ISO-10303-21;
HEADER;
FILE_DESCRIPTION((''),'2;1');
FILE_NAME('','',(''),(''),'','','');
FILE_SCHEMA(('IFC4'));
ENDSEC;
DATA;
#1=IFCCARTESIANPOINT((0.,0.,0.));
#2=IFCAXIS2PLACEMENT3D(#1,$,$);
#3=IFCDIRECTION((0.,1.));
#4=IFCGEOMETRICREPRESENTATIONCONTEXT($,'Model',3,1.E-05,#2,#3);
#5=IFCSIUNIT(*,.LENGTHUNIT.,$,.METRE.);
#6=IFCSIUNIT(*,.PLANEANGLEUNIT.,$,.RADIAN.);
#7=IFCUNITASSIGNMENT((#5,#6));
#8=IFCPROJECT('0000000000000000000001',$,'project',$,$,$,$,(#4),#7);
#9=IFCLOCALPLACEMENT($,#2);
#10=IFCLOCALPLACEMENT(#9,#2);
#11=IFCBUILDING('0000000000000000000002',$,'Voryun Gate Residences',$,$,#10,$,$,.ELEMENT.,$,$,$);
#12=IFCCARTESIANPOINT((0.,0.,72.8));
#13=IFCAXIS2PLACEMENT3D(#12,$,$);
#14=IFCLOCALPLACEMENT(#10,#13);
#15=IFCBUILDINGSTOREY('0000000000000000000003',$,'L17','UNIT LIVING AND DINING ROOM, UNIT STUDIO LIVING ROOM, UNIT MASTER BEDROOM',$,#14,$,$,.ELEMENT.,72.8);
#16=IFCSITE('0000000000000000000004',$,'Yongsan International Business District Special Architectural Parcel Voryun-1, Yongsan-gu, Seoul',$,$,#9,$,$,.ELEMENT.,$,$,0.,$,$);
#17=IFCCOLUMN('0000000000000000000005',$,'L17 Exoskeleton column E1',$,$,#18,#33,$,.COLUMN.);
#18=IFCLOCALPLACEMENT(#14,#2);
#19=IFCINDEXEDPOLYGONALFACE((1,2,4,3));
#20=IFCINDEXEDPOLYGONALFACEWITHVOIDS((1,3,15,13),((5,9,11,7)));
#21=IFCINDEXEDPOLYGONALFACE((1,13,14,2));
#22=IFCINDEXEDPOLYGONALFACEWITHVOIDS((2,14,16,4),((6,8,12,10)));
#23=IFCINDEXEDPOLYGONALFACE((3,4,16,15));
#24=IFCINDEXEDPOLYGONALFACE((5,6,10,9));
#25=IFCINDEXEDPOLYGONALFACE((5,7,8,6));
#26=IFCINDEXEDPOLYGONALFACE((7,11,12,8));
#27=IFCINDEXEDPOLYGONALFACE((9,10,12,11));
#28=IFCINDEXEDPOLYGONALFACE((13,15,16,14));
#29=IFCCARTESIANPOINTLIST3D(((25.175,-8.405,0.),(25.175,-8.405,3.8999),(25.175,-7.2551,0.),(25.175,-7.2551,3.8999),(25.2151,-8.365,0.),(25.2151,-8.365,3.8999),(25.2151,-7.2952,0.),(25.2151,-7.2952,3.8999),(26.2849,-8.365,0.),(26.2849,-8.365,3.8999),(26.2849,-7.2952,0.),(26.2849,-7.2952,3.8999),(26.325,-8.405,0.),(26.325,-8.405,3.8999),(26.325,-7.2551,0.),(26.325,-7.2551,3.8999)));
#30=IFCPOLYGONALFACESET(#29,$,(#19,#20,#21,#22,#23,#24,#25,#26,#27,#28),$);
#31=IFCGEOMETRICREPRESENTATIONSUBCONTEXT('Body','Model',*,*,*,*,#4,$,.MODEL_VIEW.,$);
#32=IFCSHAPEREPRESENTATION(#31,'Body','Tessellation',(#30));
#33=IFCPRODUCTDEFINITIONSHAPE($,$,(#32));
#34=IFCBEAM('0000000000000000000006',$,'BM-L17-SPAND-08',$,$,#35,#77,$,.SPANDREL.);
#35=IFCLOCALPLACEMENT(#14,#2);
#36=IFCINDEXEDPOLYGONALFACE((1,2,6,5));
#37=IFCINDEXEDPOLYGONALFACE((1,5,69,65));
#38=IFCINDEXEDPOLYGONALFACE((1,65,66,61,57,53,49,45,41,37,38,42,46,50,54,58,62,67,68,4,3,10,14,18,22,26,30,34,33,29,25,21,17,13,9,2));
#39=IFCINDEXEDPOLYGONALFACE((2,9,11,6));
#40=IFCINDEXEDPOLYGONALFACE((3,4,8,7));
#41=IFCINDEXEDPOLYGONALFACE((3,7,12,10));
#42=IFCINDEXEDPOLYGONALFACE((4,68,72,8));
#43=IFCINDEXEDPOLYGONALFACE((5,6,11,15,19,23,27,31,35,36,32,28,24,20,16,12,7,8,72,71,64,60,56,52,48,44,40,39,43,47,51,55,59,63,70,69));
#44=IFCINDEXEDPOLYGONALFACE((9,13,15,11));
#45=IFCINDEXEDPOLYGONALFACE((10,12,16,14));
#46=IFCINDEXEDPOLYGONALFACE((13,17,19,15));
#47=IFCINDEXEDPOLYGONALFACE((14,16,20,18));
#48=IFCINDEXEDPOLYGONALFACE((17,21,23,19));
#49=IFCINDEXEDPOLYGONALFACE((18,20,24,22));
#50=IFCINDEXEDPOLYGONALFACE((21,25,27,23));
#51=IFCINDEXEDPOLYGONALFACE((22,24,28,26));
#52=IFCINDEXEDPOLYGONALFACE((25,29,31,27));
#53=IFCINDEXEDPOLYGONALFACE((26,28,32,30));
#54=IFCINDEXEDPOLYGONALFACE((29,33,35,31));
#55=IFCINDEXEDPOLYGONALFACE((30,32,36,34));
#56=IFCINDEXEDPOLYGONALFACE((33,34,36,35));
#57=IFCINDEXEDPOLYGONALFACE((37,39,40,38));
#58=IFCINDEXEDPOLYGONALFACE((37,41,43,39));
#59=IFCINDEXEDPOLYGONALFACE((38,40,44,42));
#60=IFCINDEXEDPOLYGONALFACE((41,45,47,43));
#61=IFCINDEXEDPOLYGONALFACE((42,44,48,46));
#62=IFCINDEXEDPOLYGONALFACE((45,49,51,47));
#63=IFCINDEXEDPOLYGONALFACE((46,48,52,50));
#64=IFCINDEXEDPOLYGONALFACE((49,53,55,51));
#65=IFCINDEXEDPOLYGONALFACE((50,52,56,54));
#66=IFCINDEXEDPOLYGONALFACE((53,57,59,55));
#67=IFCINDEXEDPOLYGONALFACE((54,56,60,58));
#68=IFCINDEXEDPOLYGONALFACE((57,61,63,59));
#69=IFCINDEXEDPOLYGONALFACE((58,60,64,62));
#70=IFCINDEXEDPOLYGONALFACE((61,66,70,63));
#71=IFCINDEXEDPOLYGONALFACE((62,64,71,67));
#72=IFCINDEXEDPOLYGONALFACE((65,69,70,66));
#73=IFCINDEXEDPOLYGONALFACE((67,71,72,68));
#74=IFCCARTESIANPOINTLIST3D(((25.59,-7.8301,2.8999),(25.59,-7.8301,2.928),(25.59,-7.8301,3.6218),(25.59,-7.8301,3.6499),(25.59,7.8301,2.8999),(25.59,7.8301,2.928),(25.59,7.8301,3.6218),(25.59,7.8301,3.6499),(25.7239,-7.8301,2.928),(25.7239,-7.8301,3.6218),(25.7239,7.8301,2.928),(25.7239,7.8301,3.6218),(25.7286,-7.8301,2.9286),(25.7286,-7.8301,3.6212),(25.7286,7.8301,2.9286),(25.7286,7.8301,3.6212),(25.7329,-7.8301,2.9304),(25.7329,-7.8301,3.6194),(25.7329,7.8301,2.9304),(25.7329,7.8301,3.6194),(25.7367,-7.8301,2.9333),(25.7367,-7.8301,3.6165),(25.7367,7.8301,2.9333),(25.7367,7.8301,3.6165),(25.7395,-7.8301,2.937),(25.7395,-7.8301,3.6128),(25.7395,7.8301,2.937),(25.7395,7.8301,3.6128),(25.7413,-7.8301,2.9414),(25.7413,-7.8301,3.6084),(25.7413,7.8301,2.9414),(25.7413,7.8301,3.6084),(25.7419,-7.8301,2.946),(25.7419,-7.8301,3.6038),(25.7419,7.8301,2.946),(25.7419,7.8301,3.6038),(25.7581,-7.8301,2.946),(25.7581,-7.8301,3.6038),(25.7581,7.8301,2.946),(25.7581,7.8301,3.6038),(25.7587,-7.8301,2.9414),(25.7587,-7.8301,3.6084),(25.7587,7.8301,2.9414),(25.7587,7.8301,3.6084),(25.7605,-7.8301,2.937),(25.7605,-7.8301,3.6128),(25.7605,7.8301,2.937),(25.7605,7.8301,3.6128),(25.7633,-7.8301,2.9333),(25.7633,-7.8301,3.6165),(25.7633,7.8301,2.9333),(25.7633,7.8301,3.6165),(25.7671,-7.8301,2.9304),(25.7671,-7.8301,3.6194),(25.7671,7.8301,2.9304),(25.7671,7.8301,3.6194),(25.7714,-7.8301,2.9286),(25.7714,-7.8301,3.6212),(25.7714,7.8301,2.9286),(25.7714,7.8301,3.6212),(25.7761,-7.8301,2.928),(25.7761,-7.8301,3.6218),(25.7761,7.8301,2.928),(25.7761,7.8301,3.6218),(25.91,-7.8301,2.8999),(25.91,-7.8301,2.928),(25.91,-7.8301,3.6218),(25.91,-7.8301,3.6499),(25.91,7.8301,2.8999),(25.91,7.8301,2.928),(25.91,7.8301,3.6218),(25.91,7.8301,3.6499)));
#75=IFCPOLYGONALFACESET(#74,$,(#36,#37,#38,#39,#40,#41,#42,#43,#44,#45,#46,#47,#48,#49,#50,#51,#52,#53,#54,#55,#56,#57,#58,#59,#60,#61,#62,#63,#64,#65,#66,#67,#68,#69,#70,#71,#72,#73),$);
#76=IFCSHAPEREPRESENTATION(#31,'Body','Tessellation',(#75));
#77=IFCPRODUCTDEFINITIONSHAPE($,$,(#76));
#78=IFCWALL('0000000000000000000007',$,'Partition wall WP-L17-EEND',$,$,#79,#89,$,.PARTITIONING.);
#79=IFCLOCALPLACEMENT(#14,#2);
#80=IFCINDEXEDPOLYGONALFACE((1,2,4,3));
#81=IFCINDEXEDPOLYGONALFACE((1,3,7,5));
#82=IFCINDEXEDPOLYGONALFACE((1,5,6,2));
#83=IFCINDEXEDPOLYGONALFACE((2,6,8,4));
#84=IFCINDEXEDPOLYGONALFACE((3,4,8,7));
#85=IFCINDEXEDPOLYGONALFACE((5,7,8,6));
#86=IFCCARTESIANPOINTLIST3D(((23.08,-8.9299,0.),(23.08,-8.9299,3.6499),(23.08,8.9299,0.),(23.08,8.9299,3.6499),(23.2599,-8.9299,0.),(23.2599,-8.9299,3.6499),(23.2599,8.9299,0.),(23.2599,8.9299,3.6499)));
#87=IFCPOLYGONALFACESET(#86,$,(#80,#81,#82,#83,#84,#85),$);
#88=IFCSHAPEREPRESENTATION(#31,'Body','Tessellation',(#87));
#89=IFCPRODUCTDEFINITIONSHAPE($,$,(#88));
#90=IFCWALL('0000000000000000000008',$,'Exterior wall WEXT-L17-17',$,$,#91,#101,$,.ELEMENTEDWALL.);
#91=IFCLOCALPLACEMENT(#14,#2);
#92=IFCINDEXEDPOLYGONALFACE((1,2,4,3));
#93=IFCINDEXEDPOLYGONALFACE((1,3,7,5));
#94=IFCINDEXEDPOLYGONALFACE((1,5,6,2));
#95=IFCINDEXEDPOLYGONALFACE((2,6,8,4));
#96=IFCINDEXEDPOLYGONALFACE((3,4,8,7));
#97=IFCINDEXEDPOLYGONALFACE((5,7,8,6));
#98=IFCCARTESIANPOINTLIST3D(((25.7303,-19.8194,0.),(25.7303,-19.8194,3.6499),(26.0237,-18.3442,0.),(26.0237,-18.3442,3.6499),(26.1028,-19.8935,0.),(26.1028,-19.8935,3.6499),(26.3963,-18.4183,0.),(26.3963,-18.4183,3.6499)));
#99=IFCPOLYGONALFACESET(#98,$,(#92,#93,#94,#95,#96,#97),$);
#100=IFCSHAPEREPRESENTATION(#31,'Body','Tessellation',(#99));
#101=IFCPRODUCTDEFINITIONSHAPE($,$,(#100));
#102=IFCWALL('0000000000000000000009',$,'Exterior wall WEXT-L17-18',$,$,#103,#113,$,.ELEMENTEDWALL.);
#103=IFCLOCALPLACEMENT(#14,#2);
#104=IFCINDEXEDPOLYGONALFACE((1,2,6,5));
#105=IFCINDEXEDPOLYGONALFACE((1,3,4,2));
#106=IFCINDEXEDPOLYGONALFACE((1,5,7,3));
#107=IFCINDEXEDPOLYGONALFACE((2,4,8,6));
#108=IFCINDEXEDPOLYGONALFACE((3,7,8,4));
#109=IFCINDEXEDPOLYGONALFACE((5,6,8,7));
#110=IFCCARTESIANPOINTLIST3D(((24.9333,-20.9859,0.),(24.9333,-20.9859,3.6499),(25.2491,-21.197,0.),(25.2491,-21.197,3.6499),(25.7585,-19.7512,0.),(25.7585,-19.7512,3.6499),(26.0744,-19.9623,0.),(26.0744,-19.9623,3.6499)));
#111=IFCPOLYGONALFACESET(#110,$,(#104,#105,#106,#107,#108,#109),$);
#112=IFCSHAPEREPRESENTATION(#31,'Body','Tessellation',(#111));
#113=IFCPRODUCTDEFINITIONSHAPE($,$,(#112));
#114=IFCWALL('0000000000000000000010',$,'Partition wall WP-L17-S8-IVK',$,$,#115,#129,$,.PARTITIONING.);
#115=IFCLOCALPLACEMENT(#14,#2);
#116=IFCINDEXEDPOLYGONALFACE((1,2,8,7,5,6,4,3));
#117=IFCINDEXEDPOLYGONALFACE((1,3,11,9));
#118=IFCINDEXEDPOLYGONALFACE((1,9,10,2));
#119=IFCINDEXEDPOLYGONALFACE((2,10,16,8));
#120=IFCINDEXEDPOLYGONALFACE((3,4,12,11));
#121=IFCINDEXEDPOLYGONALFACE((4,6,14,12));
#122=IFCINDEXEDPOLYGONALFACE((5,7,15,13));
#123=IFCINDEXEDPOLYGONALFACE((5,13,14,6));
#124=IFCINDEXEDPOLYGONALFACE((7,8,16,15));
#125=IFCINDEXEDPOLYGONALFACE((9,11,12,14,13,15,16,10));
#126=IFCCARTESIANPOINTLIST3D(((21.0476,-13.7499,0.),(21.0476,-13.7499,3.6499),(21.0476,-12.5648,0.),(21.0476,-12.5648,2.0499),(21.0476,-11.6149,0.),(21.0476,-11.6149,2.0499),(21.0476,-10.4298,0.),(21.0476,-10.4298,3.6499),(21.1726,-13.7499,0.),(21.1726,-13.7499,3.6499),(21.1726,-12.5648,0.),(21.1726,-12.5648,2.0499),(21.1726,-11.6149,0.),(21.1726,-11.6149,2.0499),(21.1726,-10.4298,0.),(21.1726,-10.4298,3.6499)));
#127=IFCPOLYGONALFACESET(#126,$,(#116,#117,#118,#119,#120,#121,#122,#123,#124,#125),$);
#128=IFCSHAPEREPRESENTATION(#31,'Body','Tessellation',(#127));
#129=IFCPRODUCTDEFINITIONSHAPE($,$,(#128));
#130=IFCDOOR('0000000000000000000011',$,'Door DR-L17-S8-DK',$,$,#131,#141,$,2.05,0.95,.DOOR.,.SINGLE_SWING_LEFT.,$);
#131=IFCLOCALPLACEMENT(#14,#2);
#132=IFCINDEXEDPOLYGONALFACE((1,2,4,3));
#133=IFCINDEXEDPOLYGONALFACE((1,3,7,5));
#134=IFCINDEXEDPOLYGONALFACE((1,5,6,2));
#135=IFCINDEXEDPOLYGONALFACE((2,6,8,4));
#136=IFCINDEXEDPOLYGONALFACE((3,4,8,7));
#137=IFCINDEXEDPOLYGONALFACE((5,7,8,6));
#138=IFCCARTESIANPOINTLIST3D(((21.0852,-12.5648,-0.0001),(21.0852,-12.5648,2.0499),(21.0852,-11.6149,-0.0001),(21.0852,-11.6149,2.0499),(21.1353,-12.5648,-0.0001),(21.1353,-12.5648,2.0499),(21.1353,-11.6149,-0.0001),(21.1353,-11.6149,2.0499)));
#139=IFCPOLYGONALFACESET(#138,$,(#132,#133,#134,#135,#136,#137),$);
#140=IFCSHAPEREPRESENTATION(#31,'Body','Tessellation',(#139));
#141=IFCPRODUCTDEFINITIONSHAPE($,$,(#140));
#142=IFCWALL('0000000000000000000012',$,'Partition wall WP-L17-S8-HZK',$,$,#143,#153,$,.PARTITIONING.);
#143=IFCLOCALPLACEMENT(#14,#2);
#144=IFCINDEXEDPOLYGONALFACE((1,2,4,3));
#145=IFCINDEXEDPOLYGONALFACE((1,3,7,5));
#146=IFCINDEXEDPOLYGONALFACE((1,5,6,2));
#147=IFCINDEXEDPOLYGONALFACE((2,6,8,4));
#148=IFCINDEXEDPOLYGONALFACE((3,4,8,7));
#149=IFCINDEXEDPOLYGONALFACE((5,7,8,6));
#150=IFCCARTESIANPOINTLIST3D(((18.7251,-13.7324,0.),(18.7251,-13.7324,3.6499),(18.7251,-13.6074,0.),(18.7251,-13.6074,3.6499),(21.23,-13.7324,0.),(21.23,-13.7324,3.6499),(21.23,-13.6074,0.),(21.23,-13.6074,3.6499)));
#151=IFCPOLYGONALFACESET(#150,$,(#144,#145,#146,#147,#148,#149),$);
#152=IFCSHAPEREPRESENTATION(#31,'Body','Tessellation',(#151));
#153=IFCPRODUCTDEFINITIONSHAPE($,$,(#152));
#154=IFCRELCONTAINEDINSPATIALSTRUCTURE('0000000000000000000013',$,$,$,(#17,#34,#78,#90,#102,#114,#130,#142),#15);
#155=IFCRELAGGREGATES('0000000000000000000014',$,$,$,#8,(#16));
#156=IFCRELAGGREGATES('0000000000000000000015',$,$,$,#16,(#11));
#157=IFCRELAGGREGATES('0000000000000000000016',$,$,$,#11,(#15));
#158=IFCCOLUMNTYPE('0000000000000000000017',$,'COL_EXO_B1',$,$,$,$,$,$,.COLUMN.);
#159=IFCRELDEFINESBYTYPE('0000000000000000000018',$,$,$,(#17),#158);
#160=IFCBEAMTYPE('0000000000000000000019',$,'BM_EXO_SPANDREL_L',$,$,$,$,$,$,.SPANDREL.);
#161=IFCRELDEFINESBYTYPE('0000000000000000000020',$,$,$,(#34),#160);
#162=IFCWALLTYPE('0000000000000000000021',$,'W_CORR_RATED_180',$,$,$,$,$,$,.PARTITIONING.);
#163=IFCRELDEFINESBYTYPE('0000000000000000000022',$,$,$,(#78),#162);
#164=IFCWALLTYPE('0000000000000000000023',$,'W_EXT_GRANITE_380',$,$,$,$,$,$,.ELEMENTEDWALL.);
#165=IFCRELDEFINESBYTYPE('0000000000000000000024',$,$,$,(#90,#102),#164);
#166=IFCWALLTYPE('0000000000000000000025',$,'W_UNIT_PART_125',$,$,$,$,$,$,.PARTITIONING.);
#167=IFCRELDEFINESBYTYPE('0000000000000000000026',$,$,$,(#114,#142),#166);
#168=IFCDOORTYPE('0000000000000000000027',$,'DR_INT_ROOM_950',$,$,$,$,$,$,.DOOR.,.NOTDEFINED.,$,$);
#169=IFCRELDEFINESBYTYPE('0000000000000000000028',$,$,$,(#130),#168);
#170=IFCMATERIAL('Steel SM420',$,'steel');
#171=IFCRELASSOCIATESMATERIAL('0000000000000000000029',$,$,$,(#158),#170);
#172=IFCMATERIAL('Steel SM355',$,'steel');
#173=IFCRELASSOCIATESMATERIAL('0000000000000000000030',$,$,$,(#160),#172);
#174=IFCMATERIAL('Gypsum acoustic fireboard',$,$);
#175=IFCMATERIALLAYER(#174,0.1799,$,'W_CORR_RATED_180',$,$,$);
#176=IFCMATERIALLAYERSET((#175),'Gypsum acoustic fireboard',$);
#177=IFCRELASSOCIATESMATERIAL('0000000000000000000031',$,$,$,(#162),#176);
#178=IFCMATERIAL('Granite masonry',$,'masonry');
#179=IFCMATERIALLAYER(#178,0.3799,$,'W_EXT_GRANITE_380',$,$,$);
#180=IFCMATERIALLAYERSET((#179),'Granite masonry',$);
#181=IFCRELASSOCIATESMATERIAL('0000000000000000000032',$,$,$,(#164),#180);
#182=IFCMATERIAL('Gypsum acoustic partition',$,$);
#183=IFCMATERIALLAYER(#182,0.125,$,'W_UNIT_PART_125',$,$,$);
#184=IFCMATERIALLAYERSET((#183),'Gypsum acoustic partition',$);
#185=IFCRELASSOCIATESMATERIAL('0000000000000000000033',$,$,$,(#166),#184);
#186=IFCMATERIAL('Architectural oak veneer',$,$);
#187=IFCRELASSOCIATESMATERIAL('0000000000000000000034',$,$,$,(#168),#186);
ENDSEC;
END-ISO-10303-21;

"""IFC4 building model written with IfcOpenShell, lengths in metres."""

from ifc_helpers import new_model, si_unit, direction, frame, frame_2d, origin, origin_2d, place, context, subcontext, project, spatial, rectangle, hollow_rectangle, i_section, extrude, material, layer, layer_set, material_profile, profile_set, type_object, element, fill, save


model = new_model("IFC4")

# Units and contexts
model_context = context("Model", 3, precision=1e-05, world=origin(), true_north=direction((0.0, 1.0)))
body_context = subcontext(model_context, "Body", "Model", "MODEL_VIEW")
ifc_project = project(units=[si_unit("LENGTHUNIT", "METRE"), si_unit("PLANEANGLEUNIT", "RADIAN")], contexts=[model_context])

# Site, building, storey
site_placement = place(None, origin())
site = spatial("IfcSite", under=ifc_project, at=site_placement, Name="Yongsan International Business District Special Architectural Parcel Voryun-1, Yongsan-gu, Seoul", CompositionType="ELEMENT", RefElevation=0.0)
building_placement = place(site_placement, origin())
building = spatial("IfcBuilding", under=site, at=building_placement, Name="Voryun Gate Residences", CompositionType="ELEMENT")
storey_placement = place(building_placement, frame((0.0, 0.0, 72.8)))
storey = spatial("IfcBuildingStorey", under=building, at=storey_placement, Name="L17", Description="UNIT LIVING AND DINING ROOM, UNIT STUDIO LIVING ROOM, UNIT MASTER BEDROOM", CompositionType="ELEMENT", Elevation=72.8)

# Column
ifc_material_1 = material(Name="Steel SM420", Category="steel")
ifc_material_profile_1 = material_profile(ifc_material_1, hollow_rectangle(XDim=1.1499, YDim=1.1499, WallThickness=0.04, at=origin_2d()), Name="BOX-1150x1150x40")
ifc_profile_set_1 = profile_set([ifc_material_profile_1], Name="Steel SM420")
column_type = type_object("IfcColumnType", Name="COL_EXO_B1", PredefinedType="COLUMN", material=ifc_profile_set_1)
column_placement = place(storey_placement, frame((25.75, -7.8301, 0.0), z_axis=(0.0, 0.0, 1.0), x_axis=(1.0, 0.0, 0.0)))
element("IfcColumn", 1, at=column_placement, inside=storey, type_object=column_type, Name="L17 Exoskeleton column E1", PredefinedType="COLUMN", context=body_context, shape_type="SweptSolid", body=[
    extrude(hollow_rectangle(XDim=1.1499, YDim=1.1499, WallThickness=0.04, at=origin_2d()), origin(), (0.0, 0.0, 1.0), 3.8999),
])

# Beam
ifc_material_2 = material(Name="Steel SM355", Category="steel")
ifc_material_profile_2 = material_profile(ifc_material_2, i_section(OverallWidth=0.3201, OverallDepth=0.75, WebThickness=0.0161, FlangeThickness=0.0281, FilletRadius=0.0181, at=origin_2d()), Name="H-750x320x16x28")
ifc_profile_set_2 = profile_set([ifc_material_profile_2], Name="Steel SM355")
beam_type = type_object("IfcBeamType", Name="BM_EXO_SPANDREL_L", PredefinedType="SPANDREL", material=ifc_profile_set_2)
beam_placement = place(storey_placement, frame((25.75, -7.8301, 3.2749), z_axis=(0.0, 1.0, 0.0), x_axis=(-1.0, 0.0, 0.0)))
element("IfcBeam", 2, at=beam_placement, inside=storey, type_object=beam_type, Name="BM-L17-SPAND-08", PredefinedType="SPANDREL", context=body_context, shape_type="SweptSolid", body=[
    extrude(i_section(OverallWidth=0.3201, OverallDepth=0.75, WebThickness=0.0161, FlangeThickness=0.0281, FilletRadius=0.0181, at=origin_2d()), origin(), (0.0, 0.0, 1.0), 15.6602),
])

# Walls
ifc_material_3 = material(Name="Gypsum acoustic fireboard")
ifc_layer_1 = layer(ifc_material_3, 0.1799, Name="W_CORR_RATED_180")
ifc_layer_set_1 = layer_set([ifc_layer_1], Name="Gypsum acoustic fireboard")
wall_type_1 = type_object("IfcWallType", Name="W_CORR_RATED_180", PredefinedType="PARTITIONING", material=ifc_layer_set_1)
wall_1_placement = place(storey_placement, frame((23.1699, -8.9299, 0.0), z_axis=(0.0, 0.0, 1.0), x_axis=(0.0, 1.0, 0.0)))
element("IfcWall", 3, at=wall_1_placement, inside=storey, type_object=wall_type_1, Name="Partition wall WP-L17-EEND", PredefinedType="PARTITIONING", context=body_context, shape_type="SweptSolid", body=[
    extrude(rectangle(XDim=17.8599, YDim=0.1799, at=frame_2d((8.9299, 0.0))), origin(), (0.0, 0.0, 1.0), 3.6499),
])
ifc_material_4 = material(Name="Granite masonry", Category="masonry")
ifc_layer_2 = layer(ifc_material_4, 0.3799, Name="W_EXT_GRANITE_380")
ifc_layer_set_2 = layer_set([ifc_layer_2], Name="Granite masonry")
wall_type_2 = type_object("IfcWallType", Name="W_EXT_GRANITE_380", PredefinedType="ELEMENTEDWALL", material=ifc_layer_set_2)
wall_2_placement = place(storey_placement, frame((26.21, -18.3813, 0.0), z_axis=(0.0, 0.0, 1.0), x_axis=(-0.195086, -0.980786, 0.0)))
element("IfcWall", 4, at=wall_2_placement, inside=storey, type_object=wall_type_2, Name="Exterior wall WEXT-L17-17", PredefinedType="ELEMENTEDWALL", context=body_context, shape_type="SweptSolid", body=[
    extrude(rectangle(XDim=1.5042, YDim=0.3799, at=frame_2d((0.752, 0.0))), origin(), (0.0, 0.0, 1.0), 3.6499),
])
wall_3_placement = place(storey_placement, frame((25.9165, -19.8567, 0.0), z_axis=(0.0, 0.0, 1.0), x_axis=(-0.555686, -0.831392, 0.0)))
element("IfcWall", 5, at=wall_3_placement, inside=storey, type_object=wall_type_2, Name="Exterior wall WEXT-L17-18", PredefinedType="ELEMENTEDWALL", context=body_context, shape_type="SweptSolid", body=[
    extrude(rectangle(XDim=1.4851, YDim=0.3799, at=frame_2d((0.7427, 0.0))), origin(), (0.0, 0.0, 1.0), 3.6499),
])

# Wall, opening, door
ifc_material_5 = material(Name="Gypsum acoustic partition")
ifc_layer_3 = layer(ifc_material_5, 0.125, Name="W_UNIT_PART_125")
ifc_layer_set_3 = layer_set([ifc_layer_3], Name="Gypsum acoustic partition")
wall_type_3 = type_object("IfcWallType", Name="W_UNIT_PART_125", PredefinedType="PARTITIONING", material=ifc_layer_set_3)
wall_4_placement = place(storey_placement, frame((21.1101, -13.75, 0.0), z_axis=(0.0, 0.0, 1.0), x_axis=(0.0, 1.0, 0.0)))
wall_4 = element("IfcWall", 6, at=wall_4_placement, inside=storey, type_object=wall_type_3, Name="Partition wall WP-L17-S8-IVK", PredefinedType="PARTITIONING", context=body_context, shape_type="SweptSolid", body=[
    extrude(rectangle(XDim=3.3201, YDim=0.125, at=frame_2d((1.6602, 0.0))), origin(), (0.0, 0.0, 1.0), 3.6499),
])
opening_1_placement = place(wall_4_placement, frame((1.1851, 0.0, 0.0)))
opening_1 = element("IfcOpeningElement", 7, at=opening_1_placement, cuts=wall_4, PredefinedType="OPENING", context=body_context, shape_type="SweptSolid", body=[
    extrude(rectangle(XDim=0.95, YDim=2.05, at=frame_2d((0.4751, 1.0249))), frame((0.0, 0.0725, 0.0), z_axis=(0.0, -1.0, 0.0), x_axis=(1.0, 0.0, 0.0)), (0.0, 0.0, 1.0), 0.145),
])
ifc_material_6 = material(Name="Architectural oak veneer")
door_type_1 = type_object("IfcDoorType", Name="DR_INT_ROOM_950", OperationType="NOTDEFINED", PredefinedType="DOOR", material=ifc_material_6)
door_1_placement = place(opening_1_placement, origin())
door_1 = element("IfcDoor", 8, at=door_1_placement, inside=storey, type_object=door_type_1, Name="Door DR-L17-S8-DK", OperationType="SINGLE_SWING_LEFT", OverallHeight=2.05, OverallWidth=0.95, PredefinedType="DOOR", context=body_context, shape_type="SweptSolid", body=[
    extrude(rectangle(XDim=0.95, YDim=2.05, at=frame_2d((0.4751, 1.0249))), frame((0.0, 0.0249, 0.0), z_axis=(0.0, -1.0, 0.0), x_axis=(1.0, 0.0, 0.0)), (0.0, 0.0, 1.0), 0.05),
])
fill(opening_1, door_1)

# Wall
wall_5_placement = place(storey_placement, frame((18.7251, -13.6699, 0.0), z_axis=(0.0, 0.0, 1.0), x_axis=(1.0, 0.0, 0.0)))
element("IfcWall", 9, at=wall_5_placement, inside=storey, type_object=wall_type_3, Name="Partition wall WP-L17-S8-HZK", PredefinedType="PARTITIONING", context=body_context, shape_type="SweptSolid", body=[
    extrude(rectangle(XDim=2.5049, YDim=0.125, at=frame_2d((1.2524, 0.0))), origin(), (0.0, 0.0, 1.0), 3.6499),
])

save(model, "model.ifc")
